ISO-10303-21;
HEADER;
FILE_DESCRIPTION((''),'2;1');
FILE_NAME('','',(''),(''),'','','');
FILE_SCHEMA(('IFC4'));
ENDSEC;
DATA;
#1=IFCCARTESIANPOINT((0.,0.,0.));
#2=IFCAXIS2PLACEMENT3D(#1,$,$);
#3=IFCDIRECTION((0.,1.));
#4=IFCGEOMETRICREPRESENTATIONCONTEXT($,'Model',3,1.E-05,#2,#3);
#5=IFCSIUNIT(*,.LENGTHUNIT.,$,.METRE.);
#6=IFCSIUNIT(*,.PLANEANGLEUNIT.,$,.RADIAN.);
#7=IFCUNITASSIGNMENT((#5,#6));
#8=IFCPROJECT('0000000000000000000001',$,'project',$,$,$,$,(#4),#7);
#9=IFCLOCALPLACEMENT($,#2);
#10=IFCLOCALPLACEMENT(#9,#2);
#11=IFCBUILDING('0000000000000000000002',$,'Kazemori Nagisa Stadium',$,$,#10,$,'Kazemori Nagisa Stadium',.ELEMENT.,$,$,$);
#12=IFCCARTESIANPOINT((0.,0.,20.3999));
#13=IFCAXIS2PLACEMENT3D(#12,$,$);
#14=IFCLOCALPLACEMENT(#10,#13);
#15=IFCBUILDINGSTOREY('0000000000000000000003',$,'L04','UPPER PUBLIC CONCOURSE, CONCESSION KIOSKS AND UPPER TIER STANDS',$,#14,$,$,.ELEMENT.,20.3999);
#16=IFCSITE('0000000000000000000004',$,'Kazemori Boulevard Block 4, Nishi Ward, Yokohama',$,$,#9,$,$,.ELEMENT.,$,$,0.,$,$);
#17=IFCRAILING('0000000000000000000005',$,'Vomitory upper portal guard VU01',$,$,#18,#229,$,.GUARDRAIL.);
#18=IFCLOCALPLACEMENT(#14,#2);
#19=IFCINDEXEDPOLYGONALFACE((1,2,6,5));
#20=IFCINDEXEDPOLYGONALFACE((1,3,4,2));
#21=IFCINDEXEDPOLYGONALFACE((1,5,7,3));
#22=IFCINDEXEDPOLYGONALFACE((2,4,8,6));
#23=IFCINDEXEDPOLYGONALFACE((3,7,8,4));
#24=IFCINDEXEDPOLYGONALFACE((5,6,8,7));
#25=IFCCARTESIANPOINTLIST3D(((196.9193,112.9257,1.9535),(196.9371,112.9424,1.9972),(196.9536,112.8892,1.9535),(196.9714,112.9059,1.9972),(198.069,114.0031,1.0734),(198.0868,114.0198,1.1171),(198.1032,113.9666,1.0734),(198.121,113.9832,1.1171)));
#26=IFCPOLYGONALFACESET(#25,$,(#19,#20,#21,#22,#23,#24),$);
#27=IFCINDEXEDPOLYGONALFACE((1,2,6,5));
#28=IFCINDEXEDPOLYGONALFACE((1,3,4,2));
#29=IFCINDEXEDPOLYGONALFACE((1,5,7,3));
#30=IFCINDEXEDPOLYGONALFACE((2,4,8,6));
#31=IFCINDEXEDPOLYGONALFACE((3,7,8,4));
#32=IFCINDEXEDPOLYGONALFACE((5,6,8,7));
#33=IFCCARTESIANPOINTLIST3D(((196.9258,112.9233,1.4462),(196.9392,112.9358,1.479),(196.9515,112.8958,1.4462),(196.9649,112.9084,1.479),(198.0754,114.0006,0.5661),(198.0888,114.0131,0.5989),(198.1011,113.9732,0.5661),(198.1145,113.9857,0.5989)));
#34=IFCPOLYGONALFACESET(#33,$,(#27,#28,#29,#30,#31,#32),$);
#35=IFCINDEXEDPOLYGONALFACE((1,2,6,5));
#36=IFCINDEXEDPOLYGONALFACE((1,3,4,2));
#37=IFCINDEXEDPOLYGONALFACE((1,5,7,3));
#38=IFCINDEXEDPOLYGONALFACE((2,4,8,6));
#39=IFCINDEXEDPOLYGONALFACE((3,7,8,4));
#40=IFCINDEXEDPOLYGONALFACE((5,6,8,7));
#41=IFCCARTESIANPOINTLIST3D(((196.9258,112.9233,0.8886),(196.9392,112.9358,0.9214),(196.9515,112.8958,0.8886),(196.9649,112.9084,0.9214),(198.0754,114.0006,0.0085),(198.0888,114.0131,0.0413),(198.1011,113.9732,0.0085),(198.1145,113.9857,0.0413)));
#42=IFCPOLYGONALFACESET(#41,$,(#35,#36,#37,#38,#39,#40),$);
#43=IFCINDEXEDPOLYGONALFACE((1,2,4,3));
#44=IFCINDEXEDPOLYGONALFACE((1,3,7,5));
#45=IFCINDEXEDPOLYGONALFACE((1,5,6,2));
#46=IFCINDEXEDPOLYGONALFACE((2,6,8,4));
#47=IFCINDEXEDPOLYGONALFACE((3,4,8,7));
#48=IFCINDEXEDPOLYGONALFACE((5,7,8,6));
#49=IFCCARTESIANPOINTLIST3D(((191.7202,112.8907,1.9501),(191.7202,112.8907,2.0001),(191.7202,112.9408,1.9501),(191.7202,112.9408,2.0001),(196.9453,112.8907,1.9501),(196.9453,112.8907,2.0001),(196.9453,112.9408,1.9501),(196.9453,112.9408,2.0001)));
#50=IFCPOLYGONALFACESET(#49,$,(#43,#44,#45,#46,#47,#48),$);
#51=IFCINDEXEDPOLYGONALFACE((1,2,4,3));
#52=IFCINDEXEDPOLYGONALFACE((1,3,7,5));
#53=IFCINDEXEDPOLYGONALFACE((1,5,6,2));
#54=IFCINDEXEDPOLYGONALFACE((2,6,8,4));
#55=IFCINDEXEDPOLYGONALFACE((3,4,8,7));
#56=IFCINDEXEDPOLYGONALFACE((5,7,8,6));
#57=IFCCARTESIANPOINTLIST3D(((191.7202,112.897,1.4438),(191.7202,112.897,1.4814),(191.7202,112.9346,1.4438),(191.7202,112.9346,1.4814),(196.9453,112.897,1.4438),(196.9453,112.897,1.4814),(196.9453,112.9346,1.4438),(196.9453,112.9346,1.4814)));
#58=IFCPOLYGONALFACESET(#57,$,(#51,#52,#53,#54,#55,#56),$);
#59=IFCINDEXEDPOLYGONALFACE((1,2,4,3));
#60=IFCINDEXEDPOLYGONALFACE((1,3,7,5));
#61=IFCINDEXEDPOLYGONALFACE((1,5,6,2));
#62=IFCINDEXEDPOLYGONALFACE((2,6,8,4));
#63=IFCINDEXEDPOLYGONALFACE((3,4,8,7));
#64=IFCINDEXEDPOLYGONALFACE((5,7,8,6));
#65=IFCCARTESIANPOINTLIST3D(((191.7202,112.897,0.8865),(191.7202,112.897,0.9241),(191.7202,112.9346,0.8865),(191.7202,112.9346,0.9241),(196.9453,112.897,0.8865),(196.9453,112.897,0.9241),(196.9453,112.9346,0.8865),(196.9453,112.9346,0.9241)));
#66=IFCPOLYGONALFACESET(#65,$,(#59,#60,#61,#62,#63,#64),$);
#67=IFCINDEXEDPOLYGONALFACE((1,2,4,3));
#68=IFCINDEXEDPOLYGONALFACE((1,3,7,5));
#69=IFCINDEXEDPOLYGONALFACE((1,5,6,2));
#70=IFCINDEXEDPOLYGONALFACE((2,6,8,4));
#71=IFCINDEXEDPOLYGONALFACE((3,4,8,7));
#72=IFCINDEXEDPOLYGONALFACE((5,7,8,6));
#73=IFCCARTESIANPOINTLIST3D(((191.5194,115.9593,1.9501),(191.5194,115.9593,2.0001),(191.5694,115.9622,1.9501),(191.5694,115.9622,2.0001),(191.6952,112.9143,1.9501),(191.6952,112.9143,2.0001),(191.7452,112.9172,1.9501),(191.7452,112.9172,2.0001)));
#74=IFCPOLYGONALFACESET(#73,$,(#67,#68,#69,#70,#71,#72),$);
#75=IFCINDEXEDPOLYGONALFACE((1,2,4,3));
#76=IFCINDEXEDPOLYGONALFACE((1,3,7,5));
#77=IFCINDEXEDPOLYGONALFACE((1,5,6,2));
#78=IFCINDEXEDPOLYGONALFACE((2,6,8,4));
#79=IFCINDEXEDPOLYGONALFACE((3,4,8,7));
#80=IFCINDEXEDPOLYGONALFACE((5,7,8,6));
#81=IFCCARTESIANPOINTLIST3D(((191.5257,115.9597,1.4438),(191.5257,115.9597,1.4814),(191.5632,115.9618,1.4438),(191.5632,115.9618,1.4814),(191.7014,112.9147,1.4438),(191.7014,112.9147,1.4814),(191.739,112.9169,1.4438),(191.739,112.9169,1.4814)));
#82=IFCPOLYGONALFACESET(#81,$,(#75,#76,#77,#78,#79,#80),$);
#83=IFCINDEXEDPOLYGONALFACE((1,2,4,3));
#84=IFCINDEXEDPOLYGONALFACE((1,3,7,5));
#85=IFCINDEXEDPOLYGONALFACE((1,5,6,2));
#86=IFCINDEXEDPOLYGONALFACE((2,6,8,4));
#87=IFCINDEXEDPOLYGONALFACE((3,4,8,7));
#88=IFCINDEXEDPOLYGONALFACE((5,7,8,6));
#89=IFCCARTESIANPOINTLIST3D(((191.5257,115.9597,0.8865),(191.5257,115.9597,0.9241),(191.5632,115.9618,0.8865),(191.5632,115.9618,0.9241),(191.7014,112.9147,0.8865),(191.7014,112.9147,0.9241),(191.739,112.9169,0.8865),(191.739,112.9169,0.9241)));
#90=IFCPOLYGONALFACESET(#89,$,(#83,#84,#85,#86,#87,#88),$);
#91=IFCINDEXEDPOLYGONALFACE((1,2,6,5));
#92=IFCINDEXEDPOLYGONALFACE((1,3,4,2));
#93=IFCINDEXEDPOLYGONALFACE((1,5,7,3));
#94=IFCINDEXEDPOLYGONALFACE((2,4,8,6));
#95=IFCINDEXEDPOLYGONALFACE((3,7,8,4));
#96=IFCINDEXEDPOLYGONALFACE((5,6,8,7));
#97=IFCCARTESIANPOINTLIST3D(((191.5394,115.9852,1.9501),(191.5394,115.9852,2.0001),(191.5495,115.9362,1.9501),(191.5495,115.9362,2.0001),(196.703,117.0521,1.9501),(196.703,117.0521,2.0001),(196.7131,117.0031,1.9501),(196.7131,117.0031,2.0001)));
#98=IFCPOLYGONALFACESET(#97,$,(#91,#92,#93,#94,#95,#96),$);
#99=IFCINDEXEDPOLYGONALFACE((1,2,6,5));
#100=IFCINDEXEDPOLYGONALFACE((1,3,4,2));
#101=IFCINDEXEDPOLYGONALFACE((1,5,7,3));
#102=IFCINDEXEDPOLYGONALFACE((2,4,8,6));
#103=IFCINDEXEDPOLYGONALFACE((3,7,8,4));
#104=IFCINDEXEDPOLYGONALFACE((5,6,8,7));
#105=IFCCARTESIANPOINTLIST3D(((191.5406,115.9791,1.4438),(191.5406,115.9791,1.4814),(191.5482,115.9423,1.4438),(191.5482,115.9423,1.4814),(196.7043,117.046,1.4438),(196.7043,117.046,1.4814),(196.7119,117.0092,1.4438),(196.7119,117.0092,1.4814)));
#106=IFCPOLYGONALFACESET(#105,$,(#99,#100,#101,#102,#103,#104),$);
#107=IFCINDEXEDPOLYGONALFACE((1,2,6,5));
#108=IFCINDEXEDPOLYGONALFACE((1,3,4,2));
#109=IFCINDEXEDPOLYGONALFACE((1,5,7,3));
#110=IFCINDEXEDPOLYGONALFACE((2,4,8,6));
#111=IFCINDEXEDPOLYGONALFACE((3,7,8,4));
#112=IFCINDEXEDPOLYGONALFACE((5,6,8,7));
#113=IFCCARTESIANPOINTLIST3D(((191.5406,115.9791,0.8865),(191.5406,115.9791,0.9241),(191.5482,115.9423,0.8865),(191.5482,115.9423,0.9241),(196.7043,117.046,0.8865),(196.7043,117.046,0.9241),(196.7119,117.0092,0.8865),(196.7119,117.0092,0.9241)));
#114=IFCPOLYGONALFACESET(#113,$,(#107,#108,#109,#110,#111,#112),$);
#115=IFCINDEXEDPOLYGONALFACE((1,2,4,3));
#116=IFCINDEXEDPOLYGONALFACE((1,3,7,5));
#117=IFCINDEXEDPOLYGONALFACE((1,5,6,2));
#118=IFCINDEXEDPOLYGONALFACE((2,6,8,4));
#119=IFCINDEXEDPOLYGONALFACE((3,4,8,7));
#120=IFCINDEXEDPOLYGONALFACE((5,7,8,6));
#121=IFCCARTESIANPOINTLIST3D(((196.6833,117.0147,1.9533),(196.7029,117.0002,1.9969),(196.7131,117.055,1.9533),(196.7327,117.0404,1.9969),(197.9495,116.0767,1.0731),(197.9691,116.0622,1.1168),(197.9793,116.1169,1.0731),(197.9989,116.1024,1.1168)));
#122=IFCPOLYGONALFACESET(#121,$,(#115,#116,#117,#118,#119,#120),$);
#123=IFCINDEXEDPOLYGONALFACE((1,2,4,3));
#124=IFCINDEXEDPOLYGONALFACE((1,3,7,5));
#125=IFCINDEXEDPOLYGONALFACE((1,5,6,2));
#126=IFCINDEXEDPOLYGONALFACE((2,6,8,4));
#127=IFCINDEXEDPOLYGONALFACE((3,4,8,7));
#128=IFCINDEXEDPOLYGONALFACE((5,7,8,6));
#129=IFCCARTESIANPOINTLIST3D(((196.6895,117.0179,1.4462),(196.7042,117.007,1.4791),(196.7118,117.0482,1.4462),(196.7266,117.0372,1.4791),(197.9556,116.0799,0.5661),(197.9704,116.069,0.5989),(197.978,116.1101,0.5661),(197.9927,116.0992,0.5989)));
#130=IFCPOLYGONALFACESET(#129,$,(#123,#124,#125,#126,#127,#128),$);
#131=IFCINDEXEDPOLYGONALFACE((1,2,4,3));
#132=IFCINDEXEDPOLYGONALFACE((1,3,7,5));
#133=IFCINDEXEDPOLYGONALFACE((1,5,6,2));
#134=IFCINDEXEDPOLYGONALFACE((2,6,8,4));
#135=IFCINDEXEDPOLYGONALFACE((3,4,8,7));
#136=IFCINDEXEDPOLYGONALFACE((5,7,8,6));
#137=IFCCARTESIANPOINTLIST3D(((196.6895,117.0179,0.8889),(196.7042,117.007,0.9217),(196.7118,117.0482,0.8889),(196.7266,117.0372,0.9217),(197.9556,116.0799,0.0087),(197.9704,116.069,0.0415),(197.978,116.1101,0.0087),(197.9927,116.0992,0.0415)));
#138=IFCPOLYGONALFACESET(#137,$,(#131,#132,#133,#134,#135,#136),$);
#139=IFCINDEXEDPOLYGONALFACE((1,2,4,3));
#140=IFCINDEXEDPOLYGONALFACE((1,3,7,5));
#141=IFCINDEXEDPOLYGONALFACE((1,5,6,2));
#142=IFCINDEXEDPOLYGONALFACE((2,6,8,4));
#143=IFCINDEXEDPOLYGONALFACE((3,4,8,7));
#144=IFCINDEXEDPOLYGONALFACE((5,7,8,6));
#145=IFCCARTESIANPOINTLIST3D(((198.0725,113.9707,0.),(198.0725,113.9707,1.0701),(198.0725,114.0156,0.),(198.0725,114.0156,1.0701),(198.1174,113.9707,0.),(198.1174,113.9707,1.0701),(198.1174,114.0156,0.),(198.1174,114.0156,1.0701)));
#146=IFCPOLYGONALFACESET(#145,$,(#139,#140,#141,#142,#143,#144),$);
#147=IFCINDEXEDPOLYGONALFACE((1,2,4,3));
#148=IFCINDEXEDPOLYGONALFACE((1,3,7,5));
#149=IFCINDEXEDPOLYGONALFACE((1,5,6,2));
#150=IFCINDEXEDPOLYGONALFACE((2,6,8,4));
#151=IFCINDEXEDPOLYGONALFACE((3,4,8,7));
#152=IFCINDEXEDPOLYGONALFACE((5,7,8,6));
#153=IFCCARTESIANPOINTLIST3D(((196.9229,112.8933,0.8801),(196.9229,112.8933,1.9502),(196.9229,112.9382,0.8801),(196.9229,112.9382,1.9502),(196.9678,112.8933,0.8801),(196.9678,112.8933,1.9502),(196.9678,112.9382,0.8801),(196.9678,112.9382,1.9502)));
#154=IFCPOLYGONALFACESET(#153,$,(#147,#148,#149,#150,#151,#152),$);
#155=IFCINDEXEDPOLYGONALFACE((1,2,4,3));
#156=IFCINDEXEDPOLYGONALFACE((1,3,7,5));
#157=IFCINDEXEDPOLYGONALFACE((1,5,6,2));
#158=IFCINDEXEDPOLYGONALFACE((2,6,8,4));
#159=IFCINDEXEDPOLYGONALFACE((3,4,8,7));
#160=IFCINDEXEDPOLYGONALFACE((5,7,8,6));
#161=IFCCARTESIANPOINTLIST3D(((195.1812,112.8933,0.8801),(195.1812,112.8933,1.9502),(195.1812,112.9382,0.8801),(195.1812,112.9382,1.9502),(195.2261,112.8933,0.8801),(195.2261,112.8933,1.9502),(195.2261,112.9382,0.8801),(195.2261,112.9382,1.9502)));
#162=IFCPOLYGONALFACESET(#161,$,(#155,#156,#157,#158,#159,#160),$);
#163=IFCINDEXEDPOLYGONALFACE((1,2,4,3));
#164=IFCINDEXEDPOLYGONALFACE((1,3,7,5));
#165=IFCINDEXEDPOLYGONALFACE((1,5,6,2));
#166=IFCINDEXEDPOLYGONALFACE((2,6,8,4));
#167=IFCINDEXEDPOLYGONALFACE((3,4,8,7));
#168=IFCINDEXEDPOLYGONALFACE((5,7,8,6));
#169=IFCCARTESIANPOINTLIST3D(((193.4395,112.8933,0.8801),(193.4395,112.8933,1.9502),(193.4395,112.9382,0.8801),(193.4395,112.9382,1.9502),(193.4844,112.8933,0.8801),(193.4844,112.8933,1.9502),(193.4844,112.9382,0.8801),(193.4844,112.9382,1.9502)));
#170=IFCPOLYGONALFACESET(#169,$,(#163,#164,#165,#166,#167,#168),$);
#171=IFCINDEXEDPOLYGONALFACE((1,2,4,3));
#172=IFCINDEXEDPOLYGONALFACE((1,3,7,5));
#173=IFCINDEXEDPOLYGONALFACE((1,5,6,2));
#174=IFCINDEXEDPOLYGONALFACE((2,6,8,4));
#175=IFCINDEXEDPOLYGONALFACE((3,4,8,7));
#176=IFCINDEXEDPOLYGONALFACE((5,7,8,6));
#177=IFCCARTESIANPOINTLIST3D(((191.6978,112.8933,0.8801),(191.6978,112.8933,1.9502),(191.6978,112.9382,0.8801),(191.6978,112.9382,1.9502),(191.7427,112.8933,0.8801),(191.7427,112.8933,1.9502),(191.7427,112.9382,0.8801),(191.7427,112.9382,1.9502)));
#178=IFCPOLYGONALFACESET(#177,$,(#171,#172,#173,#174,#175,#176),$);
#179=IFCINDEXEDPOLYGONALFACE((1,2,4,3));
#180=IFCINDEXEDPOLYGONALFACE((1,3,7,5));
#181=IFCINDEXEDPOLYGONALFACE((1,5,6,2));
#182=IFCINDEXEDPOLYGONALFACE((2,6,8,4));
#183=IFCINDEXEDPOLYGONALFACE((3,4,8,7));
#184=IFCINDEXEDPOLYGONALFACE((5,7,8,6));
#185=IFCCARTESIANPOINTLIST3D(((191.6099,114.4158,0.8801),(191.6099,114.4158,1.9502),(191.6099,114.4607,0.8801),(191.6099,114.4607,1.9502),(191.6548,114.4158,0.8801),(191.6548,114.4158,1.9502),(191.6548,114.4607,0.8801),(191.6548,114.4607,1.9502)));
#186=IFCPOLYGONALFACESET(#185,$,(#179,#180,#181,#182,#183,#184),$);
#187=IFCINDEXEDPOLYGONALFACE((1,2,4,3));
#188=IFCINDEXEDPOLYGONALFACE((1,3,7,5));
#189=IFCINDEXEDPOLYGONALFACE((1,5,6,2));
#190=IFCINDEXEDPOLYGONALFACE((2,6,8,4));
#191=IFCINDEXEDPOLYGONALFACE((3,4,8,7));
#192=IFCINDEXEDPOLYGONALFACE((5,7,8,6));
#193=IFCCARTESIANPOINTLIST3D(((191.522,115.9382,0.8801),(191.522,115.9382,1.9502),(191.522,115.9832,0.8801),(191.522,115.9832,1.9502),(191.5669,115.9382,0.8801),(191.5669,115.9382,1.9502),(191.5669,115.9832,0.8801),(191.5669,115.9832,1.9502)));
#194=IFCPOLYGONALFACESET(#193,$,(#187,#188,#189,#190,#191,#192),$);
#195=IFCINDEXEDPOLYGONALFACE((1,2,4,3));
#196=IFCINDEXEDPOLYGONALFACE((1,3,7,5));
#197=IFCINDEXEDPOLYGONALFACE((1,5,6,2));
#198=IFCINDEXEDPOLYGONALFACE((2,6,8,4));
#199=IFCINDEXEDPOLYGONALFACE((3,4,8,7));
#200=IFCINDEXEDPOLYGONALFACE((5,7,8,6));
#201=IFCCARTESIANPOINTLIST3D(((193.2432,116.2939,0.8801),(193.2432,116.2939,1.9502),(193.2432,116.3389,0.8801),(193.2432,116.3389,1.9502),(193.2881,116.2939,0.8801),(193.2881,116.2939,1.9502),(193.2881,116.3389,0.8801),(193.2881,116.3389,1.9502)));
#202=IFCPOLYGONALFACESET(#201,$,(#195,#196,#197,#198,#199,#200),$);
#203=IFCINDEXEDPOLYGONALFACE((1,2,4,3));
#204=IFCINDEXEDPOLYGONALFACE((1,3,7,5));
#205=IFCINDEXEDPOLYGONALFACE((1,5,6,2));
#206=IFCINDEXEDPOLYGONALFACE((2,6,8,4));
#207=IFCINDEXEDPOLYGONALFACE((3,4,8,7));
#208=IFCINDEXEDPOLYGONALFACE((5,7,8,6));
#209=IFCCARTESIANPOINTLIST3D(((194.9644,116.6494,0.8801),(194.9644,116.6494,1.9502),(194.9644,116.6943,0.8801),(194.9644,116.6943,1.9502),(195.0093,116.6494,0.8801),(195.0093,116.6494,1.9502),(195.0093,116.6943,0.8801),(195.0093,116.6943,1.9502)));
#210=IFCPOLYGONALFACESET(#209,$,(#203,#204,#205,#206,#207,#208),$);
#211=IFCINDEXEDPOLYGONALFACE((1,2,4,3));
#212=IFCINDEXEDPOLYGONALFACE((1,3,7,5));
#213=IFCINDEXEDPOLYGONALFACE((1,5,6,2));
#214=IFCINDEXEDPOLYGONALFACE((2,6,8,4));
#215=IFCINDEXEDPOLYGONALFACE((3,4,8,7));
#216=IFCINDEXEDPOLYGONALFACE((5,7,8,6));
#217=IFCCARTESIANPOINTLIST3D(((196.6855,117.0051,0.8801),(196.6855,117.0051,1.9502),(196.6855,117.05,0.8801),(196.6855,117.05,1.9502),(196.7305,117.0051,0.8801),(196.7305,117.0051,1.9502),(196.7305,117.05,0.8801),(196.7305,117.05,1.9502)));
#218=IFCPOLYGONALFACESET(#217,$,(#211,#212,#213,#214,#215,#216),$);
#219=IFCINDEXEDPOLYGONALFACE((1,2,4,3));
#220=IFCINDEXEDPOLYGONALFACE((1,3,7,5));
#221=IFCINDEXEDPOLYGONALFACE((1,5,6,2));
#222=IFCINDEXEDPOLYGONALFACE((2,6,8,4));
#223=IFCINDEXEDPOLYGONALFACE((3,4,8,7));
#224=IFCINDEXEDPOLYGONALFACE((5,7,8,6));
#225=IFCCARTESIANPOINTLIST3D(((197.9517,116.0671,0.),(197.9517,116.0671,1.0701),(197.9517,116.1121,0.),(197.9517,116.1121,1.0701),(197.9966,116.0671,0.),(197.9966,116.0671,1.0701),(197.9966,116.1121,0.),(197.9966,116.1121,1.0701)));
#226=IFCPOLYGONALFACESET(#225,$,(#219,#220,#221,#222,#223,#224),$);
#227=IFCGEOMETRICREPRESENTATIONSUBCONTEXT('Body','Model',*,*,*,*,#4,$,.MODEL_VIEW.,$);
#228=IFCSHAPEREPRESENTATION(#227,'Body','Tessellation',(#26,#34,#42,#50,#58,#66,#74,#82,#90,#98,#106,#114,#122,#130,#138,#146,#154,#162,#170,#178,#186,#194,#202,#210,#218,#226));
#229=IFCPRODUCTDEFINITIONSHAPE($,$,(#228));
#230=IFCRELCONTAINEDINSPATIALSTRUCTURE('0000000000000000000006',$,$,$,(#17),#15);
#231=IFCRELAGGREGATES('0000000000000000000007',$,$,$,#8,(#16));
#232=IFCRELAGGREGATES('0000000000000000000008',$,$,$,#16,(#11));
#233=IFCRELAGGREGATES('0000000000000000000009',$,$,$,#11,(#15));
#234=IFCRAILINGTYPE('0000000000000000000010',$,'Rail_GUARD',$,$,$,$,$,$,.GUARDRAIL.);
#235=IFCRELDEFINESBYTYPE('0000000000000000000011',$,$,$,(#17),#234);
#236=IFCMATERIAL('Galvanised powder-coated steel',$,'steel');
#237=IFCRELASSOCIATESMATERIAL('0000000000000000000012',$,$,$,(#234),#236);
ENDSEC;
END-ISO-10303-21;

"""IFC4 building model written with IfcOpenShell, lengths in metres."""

from ifc_helpers import new_model, si_unit, direction, frame, origin, origin_2d, place, context, subcontext, project, spatial, rectangle, extrude, material, type_object, element, save


model = new_model("IFC4")

# Units and contexts
model_context = context("Model", 3, precision=1e-05, world=origin(), true_north=direction((0.0, 1.0)))
body_context = subcontext(model_context, "Body", "Model", "MODEL_VIEW")
ifc_project = project(units=[si_unit("LENGTHUNIT", "METRE"), si_unit("PLANEANGLEUNIT", "RADIAN")], contexts=[model_context])

# Site, building, storey
site_placement = place(None, origin())
site = spatial("IfcSite", under=ifc_project, at=site_placement, Name="Kazemori Boulevard Block 4, Nishi Ward, Yokohama", CompositionType="ELEMENT", RefElevation=0.0)
building_placement = place(site_placement, origin())
building = spatial("IfcBuilding", under=site, at=building_placement, Name="Kazemori Nagisa Stadium", LongName="Kazemori Nagisa Stadium", CompositionType="ELEMENT")
storey_placement = place(building_placement, frame((0.0, 0.0, 20.3999)))
storey = spatial("IfcBuildingStorey", under=building, at=storey_placement, Name="L04", Description="UPPER PUBLIC CONCOURSE, CONCESSION KIOSKS AND UPPER TIER STANDS", CompositionType="ELEMENT", Elevation=20.3999)

# Railing
ifc_material_1 = material(Name="Galvanised powder-coated steel", Category="steel")
railing_type_1 = type_object("IfcRailingType", Name="Rail_GUARD", PredefinedType="GUARDRAIL", material=ifc_material_1)
railing_1_placement = place(storey_placement, frame((198.095, 113.9932, 0.0)))
element("IfcRailing", 1, at=railing_1_placement, inside=storey, type_object=railing_type_1, Name="Vomitory upper portal guard VU01", PredefinedType="GUARDRAIL", context=body_context, shape_type="SweptSolid", body=[
    extrude(rectangle(XDim=0.05, YDim=0.05, at=origin_2d()), frame((0.0, 0.0, 1.0952), z_axis=(-0.637019, -0.596977, 0.487673), x_axis=(0.683802, -0.729668, 0.0)), (0.0, 0.0, 1.0), 1.8047),
    extrude(rectangle(XDim=0.0376, YDim=0.0376, at=origin_2d()), frame((0.0, 0.0, 0.5825), z_axis=(-0.637019, -0.596977, 0.487673), x_axis=(0.683802, -0.729668, 0.0)), (0.0, 0.0, 1.0), 1.8047),
    extrude(rectangle(XDim=0.0376, YDim=0.0376, at=origin_2d()), frame((0.0, 0.0, 0.0249), z_axis=(-0.637019, -0.596977, 0.487673), x_axis=(0.683802, -0.729668, 0.0)), (0.0, 0.0, 1.0), 1.8047),
    extrude(rectangle(XDim=0.05, YDim=0.05, at=origin_2d()), frame((-1.1497, -1.0774, 1.9751), z_axis=(-1.0, 0.0, 0.0), x_axis=(0.0, -1.0, 0.0)), (0.0, 0.0, 1.0), 5.2251),
    extrude(rectangle(XDim=0.0376, YDim=0.0376, at=origin_2d()), frame((-1.1497, -1.0774, 1.4626), z_axis=(-1.0, 0.0, 0.0), x_axis=(0.0, -1.0, 0.0)), (0.0, 0.0, 1.0), 5.2251),
    extrude(rectangle(XDim=0.0376, YDim=0.0376, at=origin_2d()), frame((-1.1497, -1.0774, 0.9053), z_axis=(-1.0, 0.0, 0.0), x_axis=(0.0, -1.0, 0.0)), (0.0, 0.0, 1.0), 5.2251),
    extrude(rectangle(XDim=0.05, YDim=0.05, at=origin_2d()), frame((-6.3748, -1.0774, 1.9751), z_axis=(-0.057633, 0.998338, 0.0), x_axis=(-0.998338, -0.057633, 0.0)), (0.0, 0.0, 1.0), 3.05),
    extrude(rectangle(XDim=0.0376, YDim=0.0376, at=origin_2d()), frame((-6.3748, -1.0774, 1.4626), z_axis=(-0.057633, 0.998338, 0.0), x_axis=(-0.998338, -0.057633, 0.0)), (0.0, 0.0, 1.0), 3.05),
    extrude(rectangle(XDim=0.0376, YDim=0.0376, at=origin_2d()), frame((-6.3748, -1.0774, 0.9053), z_axis=(-0.057633, 0.998338, 0.0), x_axis=(-0.998338, -0.057633, 0.0)), (0.0, 0.0, 1.0), 3.05),
    extrude(rectangle(XDim=0.05, YDim=0.05, at=origin_2d()), frame((-6.5505, 1.9675, 1.9751), z_axis=(0.979314, 0.202345, 0.0), x_axis=(-0.202345, 0.979314, 0.0)), (0.0, 0.0, 1.0), 5.2727),
    extrude(rectangle(XDim=0.0376, YDim=0.0376, at=origin_2d()), frame((-6.5505, 1.9675, 1.4626), z_axis=(0.979314, 0.202345, 0.0), x_axis=(-0.202345, 0.979314, 0.0)), (0.0, 0.0, 1.0), 5.2727),
    extrude(rectangle(XDim=0.0376, YDim=0.0376, at=origin_2d()), frame((-6.5505, 1.9675, 0.9053), z_axis=(0.979314, 0.202345, 0.0), x_axis=(-0.202345, 0.979314, 0.0)), (0.0, 0.0, 1.0), 5.2727),
    extrude(rectangle(XDim=0.05, YDim=0.05, at=origin_2d()), frame((-1.387, 3.0344, 1.9751), z_axis=(0.701506, -0.519704, -0.487645), x_axis=(0.595279, 0.803519, 0.0)), (0.0, 0.0, 1.0), 1.8049),
    extrude(rectangle(XDim=0.0376, YDim=0.0376, at=origin_2d()), frame((-1.387, 3.0344, 1.4626), z_axis=(0.701506, -0.519704, -0.487645), x_axis=(0.595279, 0.803519, 0.0)), (0.0, 0.0, 1.0), 1.8049),
    extrude(rectangle(XDim=0.0376, YDim=0.0376, at=origin_2d()), frame((-1.387, 3.0344, 0.9053), z_axis=(0.701506, -0.519704, -0.487645), x_axis=(0.595279, 0.803519, 0.0)), (0.0, 0.0, 1.0), 1.8049),
    extrude(rectangle(XDim=0.0449, YDim=0.0449, at=origin_2d()), origin(), (0.0, 0.0, 1.0), 1.0701),
    extrude(rectangle(XDim=0.0449, YDim=0.0449, at=origin_2d()), frame((-1.1497, -1.0774, 0.8801)), (0.0, 0.0, 1.0), 1.0701),
    extrude(rectangle(XDim=0.0449, YDim=0.0449, at=origin_2d()), frame((-2.8914, -1.0774, 0.8801)), (0.0, 0.0, 1.0), 1.0701),
    extrude(rectangle(XDim=0.0449, YDim=0.0449, at=origin_2d()), frame((-4.6331, -1.0774, 0.8801)), (0.0, 0.0, 1.0), 1.0701),
    extrude(rectangle(XDim=0.0449, YDim=0.0449, at=origin_2d()), frame((-6.3748, -1.0774, 0.8801)), (0.0, 0.0, 1.0), 1.0701),
    extrude(rectangle(XDim=0.0449, YDim=0.0449, at=origin_2d()), frame((-6.4626, 0.4451, 0.8801)), (0.0, 0.0, 1.0), 1.0701),
    extrude(rectangle(XDim=0.0449, YDim=0.0449, at=origin_2d()), frame((-6.5505, 1.9675, 0.8801)), (0.0, 0.0, 1.0), 1.0701),
    extrude(rectangle(XDim=0.0449, YDim=0.0449, at=origin_2d()), frame((-4.8293, 2.3232, 0.8801)), (0.0, 0.0, 1.0), 1.0701),
    extrude(rectangle(XDim=0.0449, YDim=0.0449, at=origin_2d()), frame((-3.1082, 2.6787, 0.8801)), (0.0, 0.0, 1.0), 1.0701),
    extrude(rectangle(XDim=0.0449, YDim=0.0449, at=origin_2d()), frame((-1.387, 3.0344, 0.8801)), (0.0, 0.0, 1.0), 1.0701),
    extrude(rectangle(XDim=0.0449, YDim=0.0449, at=origin_2d()), frame((-0.1208, 2.0964, 0.0)), (0.0, 0.0, 1.0), 1.0701),
])

save(model, "model.ifc")
